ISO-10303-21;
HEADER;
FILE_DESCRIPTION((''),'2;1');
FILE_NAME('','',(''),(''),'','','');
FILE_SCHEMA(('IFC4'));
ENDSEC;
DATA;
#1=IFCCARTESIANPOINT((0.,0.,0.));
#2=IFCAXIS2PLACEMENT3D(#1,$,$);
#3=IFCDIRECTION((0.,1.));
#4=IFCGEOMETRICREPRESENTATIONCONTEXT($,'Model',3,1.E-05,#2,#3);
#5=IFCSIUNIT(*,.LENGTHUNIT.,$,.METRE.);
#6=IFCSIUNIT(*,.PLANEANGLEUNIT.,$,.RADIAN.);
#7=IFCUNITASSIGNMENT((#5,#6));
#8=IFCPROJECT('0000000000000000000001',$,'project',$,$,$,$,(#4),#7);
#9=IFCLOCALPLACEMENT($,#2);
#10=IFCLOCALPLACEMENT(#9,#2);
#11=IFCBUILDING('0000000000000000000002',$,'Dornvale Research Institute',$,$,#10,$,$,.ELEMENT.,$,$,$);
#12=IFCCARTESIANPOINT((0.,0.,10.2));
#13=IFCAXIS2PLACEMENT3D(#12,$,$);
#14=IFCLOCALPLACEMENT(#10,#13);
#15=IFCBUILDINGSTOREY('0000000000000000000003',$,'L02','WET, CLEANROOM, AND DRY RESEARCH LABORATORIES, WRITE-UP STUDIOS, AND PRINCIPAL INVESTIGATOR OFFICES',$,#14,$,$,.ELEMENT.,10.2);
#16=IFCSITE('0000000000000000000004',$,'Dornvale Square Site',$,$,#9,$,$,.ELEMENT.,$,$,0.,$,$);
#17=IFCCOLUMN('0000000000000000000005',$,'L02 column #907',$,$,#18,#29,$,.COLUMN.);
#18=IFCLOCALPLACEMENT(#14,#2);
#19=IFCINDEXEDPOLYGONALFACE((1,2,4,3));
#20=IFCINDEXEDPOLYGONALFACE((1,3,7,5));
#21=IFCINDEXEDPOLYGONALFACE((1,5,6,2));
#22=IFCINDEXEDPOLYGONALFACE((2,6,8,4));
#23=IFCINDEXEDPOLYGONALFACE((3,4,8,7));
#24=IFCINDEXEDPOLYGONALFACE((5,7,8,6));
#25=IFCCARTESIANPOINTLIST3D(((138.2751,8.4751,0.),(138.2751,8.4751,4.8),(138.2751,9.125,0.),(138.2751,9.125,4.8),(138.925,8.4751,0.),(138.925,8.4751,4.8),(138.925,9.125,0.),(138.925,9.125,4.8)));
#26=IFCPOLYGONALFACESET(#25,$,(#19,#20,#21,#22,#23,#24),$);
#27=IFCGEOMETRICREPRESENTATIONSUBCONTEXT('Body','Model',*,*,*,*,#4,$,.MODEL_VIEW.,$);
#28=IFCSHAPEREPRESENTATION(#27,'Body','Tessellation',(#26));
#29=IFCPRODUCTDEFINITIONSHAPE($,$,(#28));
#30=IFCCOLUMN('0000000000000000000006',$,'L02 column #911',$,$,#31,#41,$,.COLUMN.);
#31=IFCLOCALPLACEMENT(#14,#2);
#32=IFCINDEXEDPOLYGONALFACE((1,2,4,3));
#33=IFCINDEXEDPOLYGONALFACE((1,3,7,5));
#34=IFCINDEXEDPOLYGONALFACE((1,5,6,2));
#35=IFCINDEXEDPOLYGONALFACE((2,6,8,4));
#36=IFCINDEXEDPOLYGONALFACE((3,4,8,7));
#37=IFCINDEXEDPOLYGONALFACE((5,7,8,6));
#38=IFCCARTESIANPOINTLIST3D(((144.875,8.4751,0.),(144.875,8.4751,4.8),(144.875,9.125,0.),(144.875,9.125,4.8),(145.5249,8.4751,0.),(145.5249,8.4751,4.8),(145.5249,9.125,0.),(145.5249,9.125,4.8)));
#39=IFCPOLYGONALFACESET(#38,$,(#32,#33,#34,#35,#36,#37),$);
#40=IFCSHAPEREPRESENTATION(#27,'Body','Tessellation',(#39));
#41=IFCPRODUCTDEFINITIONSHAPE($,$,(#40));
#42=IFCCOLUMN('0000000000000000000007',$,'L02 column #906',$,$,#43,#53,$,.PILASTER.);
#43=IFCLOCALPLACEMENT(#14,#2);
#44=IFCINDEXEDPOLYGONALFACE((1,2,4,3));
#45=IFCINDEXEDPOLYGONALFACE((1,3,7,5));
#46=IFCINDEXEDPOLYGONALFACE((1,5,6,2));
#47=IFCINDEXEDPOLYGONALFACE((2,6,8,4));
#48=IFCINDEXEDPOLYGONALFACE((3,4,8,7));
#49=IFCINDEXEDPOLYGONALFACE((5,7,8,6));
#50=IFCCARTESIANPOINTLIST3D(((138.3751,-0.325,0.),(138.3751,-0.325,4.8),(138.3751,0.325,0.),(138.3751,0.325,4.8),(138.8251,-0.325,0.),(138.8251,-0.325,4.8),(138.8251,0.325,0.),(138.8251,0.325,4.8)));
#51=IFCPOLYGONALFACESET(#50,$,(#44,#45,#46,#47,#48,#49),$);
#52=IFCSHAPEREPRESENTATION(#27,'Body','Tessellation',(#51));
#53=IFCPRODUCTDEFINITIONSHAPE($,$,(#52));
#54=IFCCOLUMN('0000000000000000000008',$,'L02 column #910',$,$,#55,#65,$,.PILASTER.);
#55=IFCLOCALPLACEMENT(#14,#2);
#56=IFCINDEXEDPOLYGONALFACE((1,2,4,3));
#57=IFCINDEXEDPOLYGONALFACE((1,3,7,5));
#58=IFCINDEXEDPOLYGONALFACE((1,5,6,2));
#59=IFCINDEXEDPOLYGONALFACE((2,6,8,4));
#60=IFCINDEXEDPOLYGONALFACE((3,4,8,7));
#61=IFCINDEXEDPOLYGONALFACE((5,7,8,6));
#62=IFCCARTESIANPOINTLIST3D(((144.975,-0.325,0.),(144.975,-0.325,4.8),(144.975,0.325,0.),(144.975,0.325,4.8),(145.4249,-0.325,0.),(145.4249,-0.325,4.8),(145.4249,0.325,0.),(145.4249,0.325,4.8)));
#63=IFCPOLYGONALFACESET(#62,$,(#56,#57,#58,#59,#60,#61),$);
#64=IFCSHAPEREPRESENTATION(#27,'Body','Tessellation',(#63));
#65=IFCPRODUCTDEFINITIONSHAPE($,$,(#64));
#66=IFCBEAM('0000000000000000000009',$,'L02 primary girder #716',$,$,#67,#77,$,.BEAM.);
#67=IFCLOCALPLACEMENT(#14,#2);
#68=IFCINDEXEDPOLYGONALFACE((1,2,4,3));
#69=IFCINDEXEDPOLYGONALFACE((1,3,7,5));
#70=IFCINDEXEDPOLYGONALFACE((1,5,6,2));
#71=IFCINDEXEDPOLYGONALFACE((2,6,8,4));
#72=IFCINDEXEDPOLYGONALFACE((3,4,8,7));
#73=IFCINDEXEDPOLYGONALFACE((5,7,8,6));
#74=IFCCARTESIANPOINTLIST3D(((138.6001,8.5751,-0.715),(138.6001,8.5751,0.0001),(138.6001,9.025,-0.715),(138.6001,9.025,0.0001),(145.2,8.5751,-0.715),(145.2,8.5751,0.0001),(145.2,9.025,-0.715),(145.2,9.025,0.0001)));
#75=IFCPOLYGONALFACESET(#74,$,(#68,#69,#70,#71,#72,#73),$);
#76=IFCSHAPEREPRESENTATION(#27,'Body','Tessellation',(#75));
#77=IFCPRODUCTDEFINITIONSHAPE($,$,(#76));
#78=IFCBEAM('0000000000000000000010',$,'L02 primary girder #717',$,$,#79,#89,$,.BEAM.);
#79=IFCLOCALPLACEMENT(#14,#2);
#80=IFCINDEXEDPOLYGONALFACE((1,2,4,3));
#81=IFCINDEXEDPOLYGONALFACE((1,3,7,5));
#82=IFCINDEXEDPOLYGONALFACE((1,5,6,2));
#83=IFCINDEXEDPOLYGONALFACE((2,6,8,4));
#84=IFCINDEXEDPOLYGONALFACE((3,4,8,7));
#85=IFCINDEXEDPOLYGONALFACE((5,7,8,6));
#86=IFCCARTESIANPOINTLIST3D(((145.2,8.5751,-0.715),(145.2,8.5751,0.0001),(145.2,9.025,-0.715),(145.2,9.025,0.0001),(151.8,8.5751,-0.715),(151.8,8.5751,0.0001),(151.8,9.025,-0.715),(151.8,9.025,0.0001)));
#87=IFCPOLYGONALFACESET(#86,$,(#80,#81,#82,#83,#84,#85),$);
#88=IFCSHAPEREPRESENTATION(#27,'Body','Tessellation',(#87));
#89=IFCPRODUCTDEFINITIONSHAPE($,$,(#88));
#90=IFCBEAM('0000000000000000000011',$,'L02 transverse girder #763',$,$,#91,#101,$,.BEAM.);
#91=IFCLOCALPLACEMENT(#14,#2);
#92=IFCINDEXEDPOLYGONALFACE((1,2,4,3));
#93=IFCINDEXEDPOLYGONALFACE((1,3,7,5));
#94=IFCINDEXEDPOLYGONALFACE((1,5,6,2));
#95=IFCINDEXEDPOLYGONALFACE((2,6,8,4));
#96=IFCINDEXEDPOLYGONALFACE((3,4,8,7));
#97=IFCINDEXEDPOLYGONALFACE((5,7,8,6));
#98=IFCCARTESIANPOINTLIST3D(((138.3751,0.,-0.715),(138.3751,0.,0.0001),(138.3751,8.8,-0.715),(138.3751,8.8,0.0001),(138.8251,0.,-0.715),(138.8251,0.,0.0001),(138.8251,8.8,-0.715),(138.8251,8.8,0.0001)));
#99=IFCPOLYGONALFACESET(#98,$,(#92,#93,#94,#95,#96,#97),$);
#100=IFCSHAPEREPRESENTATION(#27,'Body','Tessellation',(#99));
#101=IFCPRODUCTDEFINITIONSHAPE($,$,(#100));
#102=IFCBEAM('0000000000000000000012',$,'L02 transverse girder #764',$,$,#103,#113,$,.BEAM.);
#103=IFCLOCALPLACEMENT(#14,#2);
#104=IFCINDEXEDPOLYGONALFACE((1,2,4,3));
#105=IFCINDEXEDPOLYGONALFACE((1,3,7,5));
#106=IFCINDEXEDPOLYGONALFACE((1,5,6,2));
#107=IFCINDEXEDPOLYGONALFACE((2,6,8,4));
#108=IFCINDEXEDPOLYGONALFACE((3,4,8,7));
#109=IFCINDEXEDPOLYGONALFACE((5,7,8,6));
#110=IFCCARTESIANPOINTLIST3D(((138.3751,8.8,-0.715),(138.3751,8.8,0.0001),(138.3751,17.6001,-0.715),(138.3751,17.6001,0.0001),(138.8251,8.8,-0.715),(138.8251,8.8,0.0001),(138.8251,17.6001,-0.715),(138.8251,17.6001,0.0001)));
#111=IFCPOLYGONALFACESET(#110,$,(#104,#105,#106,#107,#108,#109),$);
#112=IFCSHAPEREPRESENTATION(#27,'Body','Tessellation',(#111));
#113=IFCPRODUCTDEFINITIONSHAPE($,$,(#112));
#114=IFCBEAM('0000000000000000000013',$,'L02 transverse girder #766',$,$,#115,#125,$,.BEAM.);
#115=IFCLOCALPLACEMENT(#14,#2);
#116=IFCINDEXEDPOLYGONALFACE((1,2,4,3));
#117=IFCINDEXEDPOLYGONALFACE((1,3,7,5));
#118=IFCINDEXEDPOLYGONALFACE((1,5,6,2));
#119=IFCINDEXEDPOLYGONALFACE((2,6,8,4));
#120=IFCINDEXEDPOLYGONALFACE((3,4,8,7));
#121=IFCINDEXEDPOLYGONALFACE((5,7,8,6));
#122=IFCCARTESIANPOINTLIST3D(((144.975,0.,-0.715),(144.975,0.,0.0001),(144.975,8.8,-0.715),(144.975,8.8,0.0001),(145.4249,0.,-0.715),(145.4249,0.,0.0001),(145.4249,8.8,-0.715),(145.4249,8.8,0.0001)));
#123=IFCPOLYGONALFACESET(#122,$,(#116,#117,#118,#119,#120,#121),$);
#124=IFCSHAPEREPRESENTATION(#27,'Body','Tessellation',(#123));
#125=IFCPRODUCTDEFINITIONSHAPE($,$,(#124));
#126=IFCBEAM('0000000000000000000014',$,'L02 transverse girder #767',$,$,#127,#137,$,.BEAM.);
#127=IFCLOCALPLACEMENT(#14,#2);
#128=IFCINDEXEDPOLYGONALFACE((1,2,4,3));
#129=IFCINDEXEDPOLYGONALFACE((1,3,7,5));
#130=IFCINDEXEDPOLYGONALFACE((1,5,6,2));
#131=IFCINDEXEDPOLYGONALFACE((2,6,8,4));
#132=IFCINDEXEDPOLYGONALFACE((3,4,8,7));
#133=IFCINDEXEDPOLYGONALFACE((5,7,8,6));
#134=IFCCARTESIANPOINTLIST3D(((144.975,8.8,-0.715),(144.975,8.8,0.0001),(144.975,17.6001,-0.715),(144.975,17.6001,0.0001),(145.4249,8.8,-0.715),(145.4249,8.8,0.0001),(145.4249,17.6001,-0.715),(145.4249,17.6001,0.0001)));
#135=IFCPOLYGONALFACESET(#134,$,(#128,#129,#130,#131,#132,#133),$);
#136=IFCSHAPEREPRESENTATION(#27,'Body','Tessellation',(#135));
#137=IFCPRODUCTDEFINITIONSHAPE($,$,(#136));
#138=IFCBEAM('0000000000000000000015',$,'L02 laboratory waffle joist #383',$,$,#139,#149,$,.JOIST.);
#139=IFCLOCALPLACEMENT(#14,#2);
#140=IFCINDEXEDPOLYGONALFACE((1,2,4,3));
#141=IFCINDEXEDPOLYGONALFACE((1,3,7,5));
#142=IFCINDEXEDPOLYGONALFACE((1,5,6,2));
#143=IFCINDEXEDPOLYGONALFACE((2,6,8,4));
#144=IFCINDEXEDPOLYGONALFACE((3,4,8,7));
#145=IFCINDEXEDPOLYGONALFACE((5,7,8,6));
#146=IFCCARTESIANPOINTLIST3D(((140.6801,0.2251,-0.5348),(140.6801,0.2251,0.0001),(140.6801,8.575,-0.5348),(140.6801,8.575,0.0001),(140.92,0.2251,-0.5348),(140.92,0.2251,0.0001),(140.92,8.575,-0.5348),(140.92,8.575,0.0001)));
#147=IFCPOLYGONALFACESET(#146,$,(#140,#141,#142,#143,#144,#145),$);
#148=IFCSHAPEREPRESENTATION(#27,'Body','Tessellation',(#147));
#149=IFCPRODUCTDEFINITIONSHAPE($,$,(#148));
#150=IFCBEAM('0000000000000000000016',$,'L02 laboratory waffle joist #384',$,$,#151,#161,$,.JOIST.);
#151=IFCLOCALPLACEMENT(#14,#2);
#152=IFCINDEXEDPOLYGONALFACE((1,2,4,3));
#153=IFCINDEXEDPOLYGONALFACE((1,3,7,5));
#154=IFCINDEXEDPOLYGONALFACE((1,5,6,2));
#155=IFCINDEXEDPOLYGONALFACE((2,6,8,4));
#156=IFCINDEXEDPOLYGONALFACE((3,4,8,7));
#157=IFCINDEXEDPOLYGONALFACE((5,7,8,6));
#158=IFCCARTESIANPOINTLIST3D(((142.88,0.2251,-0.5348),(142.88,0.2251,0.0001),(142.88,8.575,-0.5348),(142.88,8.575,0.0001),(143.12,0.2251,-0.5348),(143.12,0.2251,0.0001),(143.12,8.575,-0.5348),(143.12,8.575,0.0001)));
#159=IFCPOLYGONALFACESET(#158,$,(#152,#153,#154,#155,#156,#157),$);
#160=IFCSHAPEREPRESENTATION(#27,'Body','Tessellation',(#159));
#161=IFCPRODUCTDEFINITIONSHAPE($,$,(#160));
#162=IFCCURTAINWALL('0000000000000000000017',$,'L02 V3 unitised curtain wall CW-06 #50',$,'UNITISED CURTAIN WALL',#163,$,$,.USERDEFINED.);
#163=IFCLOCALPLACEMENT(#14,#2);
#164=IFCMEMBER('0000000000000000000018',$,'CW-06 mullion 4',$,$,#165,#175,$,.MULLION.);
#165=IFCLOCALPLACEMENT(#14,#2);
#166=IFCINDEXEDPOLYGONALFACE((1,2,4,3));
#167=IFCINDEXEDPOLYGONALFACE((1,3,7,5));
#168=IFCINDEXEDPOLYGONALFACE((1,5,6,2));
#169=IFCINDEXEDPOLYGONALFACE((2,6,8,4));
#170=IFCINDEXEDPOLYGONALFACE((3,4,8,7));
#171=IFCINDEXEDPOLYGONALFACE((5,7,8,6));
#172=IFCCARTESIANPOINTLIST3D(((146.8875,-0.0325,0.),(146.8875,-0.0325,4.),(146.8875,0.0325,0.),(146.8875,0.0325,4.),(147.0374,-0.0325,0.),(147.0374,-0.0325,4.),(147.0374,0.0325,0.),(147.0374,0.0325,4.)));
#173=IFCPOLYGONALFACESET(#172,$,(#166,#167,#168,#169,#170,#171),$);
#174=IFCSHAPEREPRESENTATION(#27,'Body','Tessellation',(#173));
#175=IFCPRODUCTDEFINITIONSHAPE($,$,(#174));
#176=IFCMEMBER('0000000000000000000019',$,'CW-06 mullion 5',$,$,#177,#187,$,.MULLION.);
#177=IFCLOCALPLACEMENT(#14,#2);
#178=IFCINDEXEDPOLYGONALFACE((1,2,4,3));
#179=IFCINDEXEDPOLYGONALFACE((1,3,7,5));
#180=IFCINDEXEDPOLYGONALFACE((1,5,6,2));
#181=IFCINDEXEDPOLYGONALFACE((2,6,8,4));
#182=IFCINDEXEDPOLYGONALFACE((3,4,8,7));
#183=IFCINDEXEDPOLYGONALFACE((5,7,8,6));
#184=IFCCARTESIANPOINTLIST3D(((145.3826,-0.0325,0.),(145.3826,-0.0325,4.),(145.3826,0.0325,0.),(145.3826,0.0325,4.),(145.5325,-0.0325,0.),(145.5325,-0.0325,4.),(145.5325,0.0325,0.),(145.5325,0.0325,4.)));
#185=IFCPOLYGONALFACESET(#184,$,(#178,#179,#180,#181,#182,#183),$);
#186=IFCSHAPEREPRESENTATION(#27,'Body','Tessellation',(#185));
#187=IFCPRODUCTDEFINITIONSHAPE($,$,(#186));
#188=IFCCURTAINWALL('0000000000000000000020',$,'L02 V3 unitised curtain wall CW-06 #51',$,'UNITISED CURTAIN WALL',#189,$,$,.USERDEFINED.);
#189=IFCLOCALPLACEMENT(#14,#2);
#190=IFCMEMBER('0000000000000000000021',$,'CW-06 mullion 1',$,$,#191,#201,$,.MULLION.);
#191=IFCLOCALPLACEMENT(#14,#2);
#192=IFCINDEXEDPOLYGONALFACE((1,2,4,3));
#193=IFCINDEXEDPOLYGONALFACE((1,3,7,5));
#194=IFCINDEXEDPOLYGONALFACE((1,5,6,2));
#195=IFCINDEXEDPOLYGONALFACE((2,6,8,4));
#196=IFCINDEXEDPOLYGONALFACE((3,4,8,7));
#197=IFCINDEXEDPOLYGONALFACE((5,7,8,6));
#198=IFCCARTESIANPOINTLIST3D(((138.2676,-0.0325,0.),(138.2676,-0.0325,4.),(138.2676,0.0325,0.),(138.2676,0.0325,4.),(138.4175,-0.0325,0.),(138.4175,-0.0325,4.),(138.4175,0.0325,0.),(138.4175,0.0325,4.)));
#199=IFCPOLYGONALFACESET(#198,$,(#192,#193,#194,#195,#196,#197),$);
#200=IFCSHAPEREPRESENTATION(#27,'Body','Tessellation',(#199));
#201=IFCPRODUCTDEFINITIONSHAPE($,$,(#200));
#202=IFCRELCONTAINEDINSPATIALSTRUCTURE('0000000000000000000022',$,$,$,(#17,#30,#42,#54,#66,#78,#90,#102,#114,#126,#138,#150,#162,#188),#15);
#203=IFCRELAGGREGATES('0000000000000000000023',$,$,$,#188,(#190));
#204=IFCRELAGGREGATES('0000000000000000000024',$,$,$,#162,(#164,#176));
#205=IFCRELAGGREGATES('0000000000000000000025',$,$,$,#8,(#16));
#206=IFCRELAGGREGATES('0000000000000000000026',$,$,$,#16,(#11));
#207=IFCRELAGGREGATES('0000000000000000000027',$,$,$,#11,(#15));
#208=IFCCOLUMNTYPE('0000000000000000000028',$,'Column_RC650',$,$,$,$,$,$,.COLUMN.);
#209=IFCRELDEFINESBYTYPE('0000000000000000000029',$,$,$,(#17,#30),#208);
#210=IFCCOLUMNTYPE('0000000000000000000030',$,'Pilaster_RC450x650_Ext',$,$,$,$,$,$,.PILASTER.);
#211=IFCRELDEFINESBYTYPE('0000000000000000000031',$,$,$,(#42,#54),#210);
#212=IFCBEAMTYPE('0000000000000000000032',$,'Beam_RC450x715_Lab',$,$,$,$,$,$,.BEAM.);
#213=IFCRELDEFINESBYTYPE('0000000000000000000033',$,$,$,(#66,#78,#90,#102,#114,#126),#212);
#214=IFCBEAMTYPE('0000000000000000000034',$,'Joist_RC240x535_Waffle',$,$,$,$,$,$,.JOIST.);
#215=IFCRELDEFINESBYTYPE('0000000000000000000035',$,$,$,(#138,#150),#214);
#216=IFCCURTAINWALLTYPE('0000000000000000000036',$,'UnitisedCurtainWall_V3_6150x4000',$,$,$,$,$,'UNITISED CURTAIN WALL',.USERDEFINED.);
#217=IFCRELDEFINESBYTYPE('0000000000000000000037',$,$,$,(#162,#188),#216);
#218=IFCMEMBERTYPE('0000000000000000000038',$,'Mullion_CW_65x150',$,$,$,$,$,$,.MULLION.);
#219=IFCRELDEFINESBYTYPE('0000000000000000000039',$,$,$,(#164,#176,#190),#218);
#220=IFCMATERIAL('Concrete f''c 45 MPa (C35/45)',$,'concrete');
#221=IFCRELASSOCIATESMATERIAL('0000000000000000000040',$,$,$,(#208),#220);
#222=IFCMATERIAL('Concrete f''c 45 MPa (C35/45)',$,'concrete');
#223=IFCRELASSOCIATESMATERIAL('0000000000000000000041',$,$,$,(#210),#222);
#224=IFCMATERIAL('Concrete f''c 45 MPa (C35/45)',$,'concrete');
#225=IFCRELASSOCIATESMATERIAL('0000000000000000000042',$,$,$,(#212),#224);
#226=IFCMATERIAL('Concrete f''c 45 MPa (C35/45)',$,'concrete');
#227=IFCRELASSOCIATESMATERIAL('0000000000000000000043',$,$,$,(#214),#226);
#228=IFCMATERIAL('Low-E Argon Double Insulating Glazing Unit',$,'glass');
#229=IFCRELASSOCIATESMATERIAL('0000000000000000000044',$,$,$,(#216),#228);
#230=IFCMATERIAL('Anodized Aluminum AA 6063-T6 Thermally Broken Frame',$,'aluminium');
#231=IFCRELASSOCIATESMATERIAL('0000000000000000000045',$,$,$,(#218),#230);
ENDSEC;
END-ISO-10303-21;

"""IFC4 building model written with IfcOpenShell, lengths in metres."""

from ifc_helpers import new_model, si_unit, direction, frame, origin, origin_2d, place, context, subcontext, project, spatial, rectangle, extrude, material, material_profile, profile_set, type_object, element, aggregate, save


model = new_model("IFC4")

# Units and contexts
model_context = context("Model", 3, precision=1e-05, world=origin(), true_north=direction((0.0, 1.0)))
body_context = subcontext(model_context, "Body", "Model", "MODEL_VIEW")
ifc_project = project(units=[si_unit("LENGTHUNIT", "METRE"), si_unit("PLANEANGLEUNIT", "RADIAN")], contexts=[model_context])

# Site, building, storey
site_placement = place(None, origin())
site = spatial("IfcSite", under=ifc_project, at=site_placement, Name="Dornvale Square Site", CompositionType="ELEMENT", RefElevation=0.0)
building_placement = place(site_placement, origin())
building = spatial("IfcBuilding", under=site, at=building_placement, Name="Dornvale Research Institute", CompositionType="ELEMENT")
storey_placement = place(building_placement, frame((0.0, 0.0, 10.2)))
storey = spatial("IfcBuildingStorey", under=building, at=storey_placement, Name="L02", Description="WET, CLEANROOM, AND DRY RESEARCH LABORATORIES, WRITE-UP STUDIOS, AND PRINCIPAL INVESTIGATOR OFFICES", CompositionType="ELEMENT", Elevation=10.2)

# Columns
ifc_material_1 = material(Name="Concrete f'c 45 MPa (C35/45)", Category="concrete")
ifc_material_profile_1 = material_profile(ifc_material_1, rectangle(XDim=0.6499, YDim=0.6499, at=origin_2d()), Name="RC 650x650")
ifc_profile_set_1 = profile_set([ifc_material_profile_1], Name="Concrete f'c 45 MPa (C35/45)")
column_type_1 = type_object("IfcColumnType", Name="Column_RC650", PredefinedType="COLUMN", material=ifc_profile_set_1)
for number, where, z_axis, x_axis, name in (
    (1, (138.6001, 8.8, 0.0), (0.0, 0.0, 1.0), (1.0, 0.0, 0.0), "L02 column #907"),
    (2, (145.2, 8.8, 0.0), (0.0, 0.0, 1.0), (1.0, 0.0, 0.0), "L02 column #911"),
):
    element("IfcColumn", number, at=place(storey_placement, frame(where, z_axis=z_axis, x_axis=x_axis)), inside=storey, type_object=column_type_1, Name=name, PredefinedType="COLUMN", context=body_context, shape_type="SweptSolid", body=[
        extrude(rectangle(XDim=0.6499, YDim=0.6499, at=origin_2d()), origin(), (0.0, 0.0, 1.0), 4.8),
    ])
ifc_material_2 = material(Name="Concrete f'c 45 MPa (C35/45)", Category="concrete")
ifc_material_profile_2 = material_profile(ifc_material_2, rectangle(XDim=0.45, YDim=0.6499, at=origin_2d()), Name="RC 450x650")
ifc_profile_set_2 = profile_set([ifc_material_profile_2], Name="Concrete f'c 45 MPa (C35/45)")
column_type_2 = type_object("IfcColumnType", Name="Pilaster_RC450x650_Ext", PredefinedType="PILASTER", material=ifc_profile_set_2)
for number, where, z_axis, x_axis, name in (
    (3, (138.6001, 0.0, 0.0), (0.0, 0.0, 1.0), (1.0, 0.0, 0.0), "L02 column #906"),
    (4, (145.2, 0.0, 0.0), (0.0, 0.0, 1.0), (1.0, 0.0, 0.0), "L02 column #910"),
):
    element("IfcColumn", number, at=place(storey_placement, frame(where, z_axis=z_axis, x_axis=x_axis)), inside=storey, type_object=column_type_2, Name=name, PredefinedType="PILASTER", context=body_context, shape_type="SweptSolid", body=[
        extrude(rectangle(XDim=0.45, YDim=0.6499, at=origin_2d()), origin(), (0.0, 0.0, 1.0), 4.8),
    ])

# Beams
ifc_material_3 = material(Name="Concrete f'c 45 MPa (C35/45)", Category="concrete")
ifc_material_profile_3 = material_profile(ifc_material_3, rectangle(XDim=0.45, YDim=0.7151, at=origin_2d()), Name="RC 450x715")
ifc_profile_set_3 = profile_set([ifc_material_profile_3], Name="Concrete f'c 45 MPa (C35/45)")
beam_type_1 = type_object("IfcBeamType", Name="Beam_RC450x715_Lab", PredefinedType="BEAM", material=ifc_profile_set_3)
beam_1_placement = place(storey_placement, frame((138.6001, 8.8, -0.3574), z_axis=(1.0, 0.0, 0.0), x_axis=(0.0, 1.0, 0.0)))
element("IfcBeam", 5, at=beam_1_placement, inside=storey, type_object=beam_type_1, Name="L02 primary girder #716", PredefinedType="BEAM", context=body_context, shape_type="SweptSolid", body=[
    extrude(rectangle(XDim=0.45, YDim=0.7151, at=origin_2d()), origin(), (0.0, 0.0, 1.0), 6.5999),
])
beam_2_placement = place(storey_placement, frame((145.2, 8.8, -0.3574), z_axis=(1.0, 0.0, 0.0), x_axis=(0.0, 1.0, 0.0)))
element("IfcBeam", 6, at=beam_2_placement, inside=storey, type_object=beam_type_1, Name="L02 primary girder #717", PredefinedType="BEAM", context=body_context, shape_type="SweptSolid", body=[
    extrude(rectangle(XDim=0.45, YDim=0.7151, at=origin_2d()), origin(), (0.0, 0.0, 1.0), 6.6001),
])
for number, where, z_axis, x_axis, name in (
    (7, (138.6001, 0.0, -0.3574), (0.0, 1.0, 0.0), (-1.0, 0.0, 0.0), "L02 transverse girder #763"),
    (8, (138.6001, 8.8, -0.3574), (0.0, 1.0, 0.0), (-1.0, 0.0, 0.0), "L02 transverse girder #764"),
    (9, (145.2, 0.0, -0.3574), (0.0, 1.0, 0.0), (-1.0, 0.0, 0.0), "L02 transverse girder #766"),
    (10, (145.2, 8.8, -0.3574), (0.0, 1.0, 0.0), (-1.0, 0.0, 0.0), "L02 transverse girder #767"),
):
    element("IfcBeam", number, at=place(storey_placement, frame(where, z_axis=z_axis, x_axis=x_axis)), inside=storey, type_object=beam_type_1, Name=name, PredefinedType="BEAM", context=body_context, shape_type="SweptSolid", body=[
        extrude(rectangle(XDim=0.45, YDim=0.7151, at=origin_2d()), origin(), (0.0, 0.0, 1.0), 8.8),
    ])
ifc_material_4 = material(Name="Concrete f'c 45 MPa (C35/45)", Category="concrete")
ifc_material_profile_4 = material_profile(ifc_material_4, rectangle(XDim=0.24, YDim=0.5349, at=origin_2d()), Name="RC 240x535")
ifc_profile_set_4 = profile_set([ifc_material_profile_4], Name="Concrete f'c 45 MPa (C35/45)")
beam_type_2 = type_object("IfcBeamType", Name="Joist_RC240x535_Waffle", PredefinedType="JOIST", material=ifc_profile_set_4)
for number, where, z_axis, x_axis, name in (
    (11, (140.8, 0.2251, -0.2673), (0.0, 1.0, 0.0), (-1.0, 0.0, 0.0), "L02 laboratory waffle joist #383"),
    (12, (143.0, 0.2251, -0.2673), (0.0, 1.0, 0.0), (-1.0, 0.0, 0.0), "L02 laboratory waffle joist #384"),
):
    element("IfcBeam", number, at=place(storey_placement, frame(where, z_axis=z_axis, x_axis=x_axis)), inside=storey, type_object=beam_type_2, Name=name, PredefinedType="JOIST", context=body_context, shape_type="SweptSolid", body=[
        extrude(rectangle(XDim=0.24, YDim=0.5349, at=origin_2d()), origin(), (0.0, 0.0, 1.0), 8.3499),
    ])

# Curtain wall, members
ifc_material_5 = material(Name="Low-E Argon Double Insulating Glazing Unit", Category="glass")
curtain_wall_type = type_object("IfcCurtainWallType", Name="UnitisedCurtainWall_V3_6150x4000", ElementType="UNITISED CURTAIN WALL", PredefinedType="USERDEFINED", material=ifc_material_5)
curtain_wall_1_placement = place(storey_placement, origin())
curtain_wall_1 = element("IfcCurtainWall", 13, at=curtain_wall_1_placement, inside=storey, type_object=curtain_wall_type, Name="L02 V3 unitised curtain wall CW-06 #50", ObjectType="UNITISED CURTAIN WALL", PredefinedType="USERDEFINED")
ifc_material_6 = material(Name="Anodized Aluminum AA 6063-T6 Thermally Broken Frame", Category="aluminium")
ifc_material_profile_5 = material_profile(ifc_material_6, rectangle(XDim=0.0649, YDim=0.1499, at=origin_2d()), Name="ALU MULLION 65x150")
ifc_profile_set_5 = profile_set([ifc_material_profile_5], Name="Anodized Aluminum AA 6063-T6 Thermally Broken Frame")
member_type_1 = type_object("IfcMemberType", Name="Mullion_CW_65x150", PredefinedType="MULLION", material=ifc_profile_set_5)
member_1_placement = place(storey_placement, frame((146.9624, 0.0, 0.0), z_axis=(0.0, 0.0, 1.0), x_axis=(0.0, -1.0, 0.0)))
member_1 = element("IfcMember", 14, at=member_1_placement, type_object=member_type_1, Name="CW-06 mullion 4", PredefinedType="MULLION", context=body_context, shape_type="SweptSolid", body=[
    extrude(rectangle(XDim=0.0649, YDim=0.1499, at=origin_2d()), origin(), (0.0, 0.0, 1.0), 4.0),
])
member_2_placement = place(storey_placement, frame((145.4575, 0.0, 0.0), z_axis=(0.0, 0.0, 1.0), x_axis=(0.0, -1.0, 0.0)))
member_2 = element("IfcMember", 15, at=member_2_placement, type_object=member_type_1, Name="CW-06 mullion 5", PredefinedType="MULLION", context=body_context, shape_type="SweptSolid", body=[
    extrude(rectangle(XDim=0.0649, YDim=0.1499, at=origin_2d()), origin(), (0.0, 0.0, 1.0), 4.0),
])

# Curtain wall, member
curtain_wall_2_placement = place(storey_placement, origin())
curtain_wall_2 = element("IfcCurtainWall", 16, at=curtain_wall_2_placement, inside=storey, type_object=curtain_wall_type, Name="L02 V3 unitised curtain wall CW-06 #51", ObjectType="UNITISED CURTAIN WALL", PredefinedType="USERDEFINED")
member_3_placement = place(storey_placement, frame((138.3425, 0.0, 0.0), z_axis=(0.0, 0.0, 1.0), x_axis=(0.0, -1.0, 0.0)))
member_3 = element("IfcMember", 17, at=member_3_placement, type_object=member_type_1, Name="CW-06 mullion 1", PredefinedType="MULLION", context=body_context, shape_type="SweptSolid", body=[
    extrude(rectangle(XDim=0.0649, YDim=0.1499, at=origin_2d()), origin(), (0.0, 0.0, 1.0), 4.0),
])
aggregate(curtain_wall_2, [member_3])

aggregate(curtain_wall_1, [member_1, member_2])

save(model, "model.ifc")
